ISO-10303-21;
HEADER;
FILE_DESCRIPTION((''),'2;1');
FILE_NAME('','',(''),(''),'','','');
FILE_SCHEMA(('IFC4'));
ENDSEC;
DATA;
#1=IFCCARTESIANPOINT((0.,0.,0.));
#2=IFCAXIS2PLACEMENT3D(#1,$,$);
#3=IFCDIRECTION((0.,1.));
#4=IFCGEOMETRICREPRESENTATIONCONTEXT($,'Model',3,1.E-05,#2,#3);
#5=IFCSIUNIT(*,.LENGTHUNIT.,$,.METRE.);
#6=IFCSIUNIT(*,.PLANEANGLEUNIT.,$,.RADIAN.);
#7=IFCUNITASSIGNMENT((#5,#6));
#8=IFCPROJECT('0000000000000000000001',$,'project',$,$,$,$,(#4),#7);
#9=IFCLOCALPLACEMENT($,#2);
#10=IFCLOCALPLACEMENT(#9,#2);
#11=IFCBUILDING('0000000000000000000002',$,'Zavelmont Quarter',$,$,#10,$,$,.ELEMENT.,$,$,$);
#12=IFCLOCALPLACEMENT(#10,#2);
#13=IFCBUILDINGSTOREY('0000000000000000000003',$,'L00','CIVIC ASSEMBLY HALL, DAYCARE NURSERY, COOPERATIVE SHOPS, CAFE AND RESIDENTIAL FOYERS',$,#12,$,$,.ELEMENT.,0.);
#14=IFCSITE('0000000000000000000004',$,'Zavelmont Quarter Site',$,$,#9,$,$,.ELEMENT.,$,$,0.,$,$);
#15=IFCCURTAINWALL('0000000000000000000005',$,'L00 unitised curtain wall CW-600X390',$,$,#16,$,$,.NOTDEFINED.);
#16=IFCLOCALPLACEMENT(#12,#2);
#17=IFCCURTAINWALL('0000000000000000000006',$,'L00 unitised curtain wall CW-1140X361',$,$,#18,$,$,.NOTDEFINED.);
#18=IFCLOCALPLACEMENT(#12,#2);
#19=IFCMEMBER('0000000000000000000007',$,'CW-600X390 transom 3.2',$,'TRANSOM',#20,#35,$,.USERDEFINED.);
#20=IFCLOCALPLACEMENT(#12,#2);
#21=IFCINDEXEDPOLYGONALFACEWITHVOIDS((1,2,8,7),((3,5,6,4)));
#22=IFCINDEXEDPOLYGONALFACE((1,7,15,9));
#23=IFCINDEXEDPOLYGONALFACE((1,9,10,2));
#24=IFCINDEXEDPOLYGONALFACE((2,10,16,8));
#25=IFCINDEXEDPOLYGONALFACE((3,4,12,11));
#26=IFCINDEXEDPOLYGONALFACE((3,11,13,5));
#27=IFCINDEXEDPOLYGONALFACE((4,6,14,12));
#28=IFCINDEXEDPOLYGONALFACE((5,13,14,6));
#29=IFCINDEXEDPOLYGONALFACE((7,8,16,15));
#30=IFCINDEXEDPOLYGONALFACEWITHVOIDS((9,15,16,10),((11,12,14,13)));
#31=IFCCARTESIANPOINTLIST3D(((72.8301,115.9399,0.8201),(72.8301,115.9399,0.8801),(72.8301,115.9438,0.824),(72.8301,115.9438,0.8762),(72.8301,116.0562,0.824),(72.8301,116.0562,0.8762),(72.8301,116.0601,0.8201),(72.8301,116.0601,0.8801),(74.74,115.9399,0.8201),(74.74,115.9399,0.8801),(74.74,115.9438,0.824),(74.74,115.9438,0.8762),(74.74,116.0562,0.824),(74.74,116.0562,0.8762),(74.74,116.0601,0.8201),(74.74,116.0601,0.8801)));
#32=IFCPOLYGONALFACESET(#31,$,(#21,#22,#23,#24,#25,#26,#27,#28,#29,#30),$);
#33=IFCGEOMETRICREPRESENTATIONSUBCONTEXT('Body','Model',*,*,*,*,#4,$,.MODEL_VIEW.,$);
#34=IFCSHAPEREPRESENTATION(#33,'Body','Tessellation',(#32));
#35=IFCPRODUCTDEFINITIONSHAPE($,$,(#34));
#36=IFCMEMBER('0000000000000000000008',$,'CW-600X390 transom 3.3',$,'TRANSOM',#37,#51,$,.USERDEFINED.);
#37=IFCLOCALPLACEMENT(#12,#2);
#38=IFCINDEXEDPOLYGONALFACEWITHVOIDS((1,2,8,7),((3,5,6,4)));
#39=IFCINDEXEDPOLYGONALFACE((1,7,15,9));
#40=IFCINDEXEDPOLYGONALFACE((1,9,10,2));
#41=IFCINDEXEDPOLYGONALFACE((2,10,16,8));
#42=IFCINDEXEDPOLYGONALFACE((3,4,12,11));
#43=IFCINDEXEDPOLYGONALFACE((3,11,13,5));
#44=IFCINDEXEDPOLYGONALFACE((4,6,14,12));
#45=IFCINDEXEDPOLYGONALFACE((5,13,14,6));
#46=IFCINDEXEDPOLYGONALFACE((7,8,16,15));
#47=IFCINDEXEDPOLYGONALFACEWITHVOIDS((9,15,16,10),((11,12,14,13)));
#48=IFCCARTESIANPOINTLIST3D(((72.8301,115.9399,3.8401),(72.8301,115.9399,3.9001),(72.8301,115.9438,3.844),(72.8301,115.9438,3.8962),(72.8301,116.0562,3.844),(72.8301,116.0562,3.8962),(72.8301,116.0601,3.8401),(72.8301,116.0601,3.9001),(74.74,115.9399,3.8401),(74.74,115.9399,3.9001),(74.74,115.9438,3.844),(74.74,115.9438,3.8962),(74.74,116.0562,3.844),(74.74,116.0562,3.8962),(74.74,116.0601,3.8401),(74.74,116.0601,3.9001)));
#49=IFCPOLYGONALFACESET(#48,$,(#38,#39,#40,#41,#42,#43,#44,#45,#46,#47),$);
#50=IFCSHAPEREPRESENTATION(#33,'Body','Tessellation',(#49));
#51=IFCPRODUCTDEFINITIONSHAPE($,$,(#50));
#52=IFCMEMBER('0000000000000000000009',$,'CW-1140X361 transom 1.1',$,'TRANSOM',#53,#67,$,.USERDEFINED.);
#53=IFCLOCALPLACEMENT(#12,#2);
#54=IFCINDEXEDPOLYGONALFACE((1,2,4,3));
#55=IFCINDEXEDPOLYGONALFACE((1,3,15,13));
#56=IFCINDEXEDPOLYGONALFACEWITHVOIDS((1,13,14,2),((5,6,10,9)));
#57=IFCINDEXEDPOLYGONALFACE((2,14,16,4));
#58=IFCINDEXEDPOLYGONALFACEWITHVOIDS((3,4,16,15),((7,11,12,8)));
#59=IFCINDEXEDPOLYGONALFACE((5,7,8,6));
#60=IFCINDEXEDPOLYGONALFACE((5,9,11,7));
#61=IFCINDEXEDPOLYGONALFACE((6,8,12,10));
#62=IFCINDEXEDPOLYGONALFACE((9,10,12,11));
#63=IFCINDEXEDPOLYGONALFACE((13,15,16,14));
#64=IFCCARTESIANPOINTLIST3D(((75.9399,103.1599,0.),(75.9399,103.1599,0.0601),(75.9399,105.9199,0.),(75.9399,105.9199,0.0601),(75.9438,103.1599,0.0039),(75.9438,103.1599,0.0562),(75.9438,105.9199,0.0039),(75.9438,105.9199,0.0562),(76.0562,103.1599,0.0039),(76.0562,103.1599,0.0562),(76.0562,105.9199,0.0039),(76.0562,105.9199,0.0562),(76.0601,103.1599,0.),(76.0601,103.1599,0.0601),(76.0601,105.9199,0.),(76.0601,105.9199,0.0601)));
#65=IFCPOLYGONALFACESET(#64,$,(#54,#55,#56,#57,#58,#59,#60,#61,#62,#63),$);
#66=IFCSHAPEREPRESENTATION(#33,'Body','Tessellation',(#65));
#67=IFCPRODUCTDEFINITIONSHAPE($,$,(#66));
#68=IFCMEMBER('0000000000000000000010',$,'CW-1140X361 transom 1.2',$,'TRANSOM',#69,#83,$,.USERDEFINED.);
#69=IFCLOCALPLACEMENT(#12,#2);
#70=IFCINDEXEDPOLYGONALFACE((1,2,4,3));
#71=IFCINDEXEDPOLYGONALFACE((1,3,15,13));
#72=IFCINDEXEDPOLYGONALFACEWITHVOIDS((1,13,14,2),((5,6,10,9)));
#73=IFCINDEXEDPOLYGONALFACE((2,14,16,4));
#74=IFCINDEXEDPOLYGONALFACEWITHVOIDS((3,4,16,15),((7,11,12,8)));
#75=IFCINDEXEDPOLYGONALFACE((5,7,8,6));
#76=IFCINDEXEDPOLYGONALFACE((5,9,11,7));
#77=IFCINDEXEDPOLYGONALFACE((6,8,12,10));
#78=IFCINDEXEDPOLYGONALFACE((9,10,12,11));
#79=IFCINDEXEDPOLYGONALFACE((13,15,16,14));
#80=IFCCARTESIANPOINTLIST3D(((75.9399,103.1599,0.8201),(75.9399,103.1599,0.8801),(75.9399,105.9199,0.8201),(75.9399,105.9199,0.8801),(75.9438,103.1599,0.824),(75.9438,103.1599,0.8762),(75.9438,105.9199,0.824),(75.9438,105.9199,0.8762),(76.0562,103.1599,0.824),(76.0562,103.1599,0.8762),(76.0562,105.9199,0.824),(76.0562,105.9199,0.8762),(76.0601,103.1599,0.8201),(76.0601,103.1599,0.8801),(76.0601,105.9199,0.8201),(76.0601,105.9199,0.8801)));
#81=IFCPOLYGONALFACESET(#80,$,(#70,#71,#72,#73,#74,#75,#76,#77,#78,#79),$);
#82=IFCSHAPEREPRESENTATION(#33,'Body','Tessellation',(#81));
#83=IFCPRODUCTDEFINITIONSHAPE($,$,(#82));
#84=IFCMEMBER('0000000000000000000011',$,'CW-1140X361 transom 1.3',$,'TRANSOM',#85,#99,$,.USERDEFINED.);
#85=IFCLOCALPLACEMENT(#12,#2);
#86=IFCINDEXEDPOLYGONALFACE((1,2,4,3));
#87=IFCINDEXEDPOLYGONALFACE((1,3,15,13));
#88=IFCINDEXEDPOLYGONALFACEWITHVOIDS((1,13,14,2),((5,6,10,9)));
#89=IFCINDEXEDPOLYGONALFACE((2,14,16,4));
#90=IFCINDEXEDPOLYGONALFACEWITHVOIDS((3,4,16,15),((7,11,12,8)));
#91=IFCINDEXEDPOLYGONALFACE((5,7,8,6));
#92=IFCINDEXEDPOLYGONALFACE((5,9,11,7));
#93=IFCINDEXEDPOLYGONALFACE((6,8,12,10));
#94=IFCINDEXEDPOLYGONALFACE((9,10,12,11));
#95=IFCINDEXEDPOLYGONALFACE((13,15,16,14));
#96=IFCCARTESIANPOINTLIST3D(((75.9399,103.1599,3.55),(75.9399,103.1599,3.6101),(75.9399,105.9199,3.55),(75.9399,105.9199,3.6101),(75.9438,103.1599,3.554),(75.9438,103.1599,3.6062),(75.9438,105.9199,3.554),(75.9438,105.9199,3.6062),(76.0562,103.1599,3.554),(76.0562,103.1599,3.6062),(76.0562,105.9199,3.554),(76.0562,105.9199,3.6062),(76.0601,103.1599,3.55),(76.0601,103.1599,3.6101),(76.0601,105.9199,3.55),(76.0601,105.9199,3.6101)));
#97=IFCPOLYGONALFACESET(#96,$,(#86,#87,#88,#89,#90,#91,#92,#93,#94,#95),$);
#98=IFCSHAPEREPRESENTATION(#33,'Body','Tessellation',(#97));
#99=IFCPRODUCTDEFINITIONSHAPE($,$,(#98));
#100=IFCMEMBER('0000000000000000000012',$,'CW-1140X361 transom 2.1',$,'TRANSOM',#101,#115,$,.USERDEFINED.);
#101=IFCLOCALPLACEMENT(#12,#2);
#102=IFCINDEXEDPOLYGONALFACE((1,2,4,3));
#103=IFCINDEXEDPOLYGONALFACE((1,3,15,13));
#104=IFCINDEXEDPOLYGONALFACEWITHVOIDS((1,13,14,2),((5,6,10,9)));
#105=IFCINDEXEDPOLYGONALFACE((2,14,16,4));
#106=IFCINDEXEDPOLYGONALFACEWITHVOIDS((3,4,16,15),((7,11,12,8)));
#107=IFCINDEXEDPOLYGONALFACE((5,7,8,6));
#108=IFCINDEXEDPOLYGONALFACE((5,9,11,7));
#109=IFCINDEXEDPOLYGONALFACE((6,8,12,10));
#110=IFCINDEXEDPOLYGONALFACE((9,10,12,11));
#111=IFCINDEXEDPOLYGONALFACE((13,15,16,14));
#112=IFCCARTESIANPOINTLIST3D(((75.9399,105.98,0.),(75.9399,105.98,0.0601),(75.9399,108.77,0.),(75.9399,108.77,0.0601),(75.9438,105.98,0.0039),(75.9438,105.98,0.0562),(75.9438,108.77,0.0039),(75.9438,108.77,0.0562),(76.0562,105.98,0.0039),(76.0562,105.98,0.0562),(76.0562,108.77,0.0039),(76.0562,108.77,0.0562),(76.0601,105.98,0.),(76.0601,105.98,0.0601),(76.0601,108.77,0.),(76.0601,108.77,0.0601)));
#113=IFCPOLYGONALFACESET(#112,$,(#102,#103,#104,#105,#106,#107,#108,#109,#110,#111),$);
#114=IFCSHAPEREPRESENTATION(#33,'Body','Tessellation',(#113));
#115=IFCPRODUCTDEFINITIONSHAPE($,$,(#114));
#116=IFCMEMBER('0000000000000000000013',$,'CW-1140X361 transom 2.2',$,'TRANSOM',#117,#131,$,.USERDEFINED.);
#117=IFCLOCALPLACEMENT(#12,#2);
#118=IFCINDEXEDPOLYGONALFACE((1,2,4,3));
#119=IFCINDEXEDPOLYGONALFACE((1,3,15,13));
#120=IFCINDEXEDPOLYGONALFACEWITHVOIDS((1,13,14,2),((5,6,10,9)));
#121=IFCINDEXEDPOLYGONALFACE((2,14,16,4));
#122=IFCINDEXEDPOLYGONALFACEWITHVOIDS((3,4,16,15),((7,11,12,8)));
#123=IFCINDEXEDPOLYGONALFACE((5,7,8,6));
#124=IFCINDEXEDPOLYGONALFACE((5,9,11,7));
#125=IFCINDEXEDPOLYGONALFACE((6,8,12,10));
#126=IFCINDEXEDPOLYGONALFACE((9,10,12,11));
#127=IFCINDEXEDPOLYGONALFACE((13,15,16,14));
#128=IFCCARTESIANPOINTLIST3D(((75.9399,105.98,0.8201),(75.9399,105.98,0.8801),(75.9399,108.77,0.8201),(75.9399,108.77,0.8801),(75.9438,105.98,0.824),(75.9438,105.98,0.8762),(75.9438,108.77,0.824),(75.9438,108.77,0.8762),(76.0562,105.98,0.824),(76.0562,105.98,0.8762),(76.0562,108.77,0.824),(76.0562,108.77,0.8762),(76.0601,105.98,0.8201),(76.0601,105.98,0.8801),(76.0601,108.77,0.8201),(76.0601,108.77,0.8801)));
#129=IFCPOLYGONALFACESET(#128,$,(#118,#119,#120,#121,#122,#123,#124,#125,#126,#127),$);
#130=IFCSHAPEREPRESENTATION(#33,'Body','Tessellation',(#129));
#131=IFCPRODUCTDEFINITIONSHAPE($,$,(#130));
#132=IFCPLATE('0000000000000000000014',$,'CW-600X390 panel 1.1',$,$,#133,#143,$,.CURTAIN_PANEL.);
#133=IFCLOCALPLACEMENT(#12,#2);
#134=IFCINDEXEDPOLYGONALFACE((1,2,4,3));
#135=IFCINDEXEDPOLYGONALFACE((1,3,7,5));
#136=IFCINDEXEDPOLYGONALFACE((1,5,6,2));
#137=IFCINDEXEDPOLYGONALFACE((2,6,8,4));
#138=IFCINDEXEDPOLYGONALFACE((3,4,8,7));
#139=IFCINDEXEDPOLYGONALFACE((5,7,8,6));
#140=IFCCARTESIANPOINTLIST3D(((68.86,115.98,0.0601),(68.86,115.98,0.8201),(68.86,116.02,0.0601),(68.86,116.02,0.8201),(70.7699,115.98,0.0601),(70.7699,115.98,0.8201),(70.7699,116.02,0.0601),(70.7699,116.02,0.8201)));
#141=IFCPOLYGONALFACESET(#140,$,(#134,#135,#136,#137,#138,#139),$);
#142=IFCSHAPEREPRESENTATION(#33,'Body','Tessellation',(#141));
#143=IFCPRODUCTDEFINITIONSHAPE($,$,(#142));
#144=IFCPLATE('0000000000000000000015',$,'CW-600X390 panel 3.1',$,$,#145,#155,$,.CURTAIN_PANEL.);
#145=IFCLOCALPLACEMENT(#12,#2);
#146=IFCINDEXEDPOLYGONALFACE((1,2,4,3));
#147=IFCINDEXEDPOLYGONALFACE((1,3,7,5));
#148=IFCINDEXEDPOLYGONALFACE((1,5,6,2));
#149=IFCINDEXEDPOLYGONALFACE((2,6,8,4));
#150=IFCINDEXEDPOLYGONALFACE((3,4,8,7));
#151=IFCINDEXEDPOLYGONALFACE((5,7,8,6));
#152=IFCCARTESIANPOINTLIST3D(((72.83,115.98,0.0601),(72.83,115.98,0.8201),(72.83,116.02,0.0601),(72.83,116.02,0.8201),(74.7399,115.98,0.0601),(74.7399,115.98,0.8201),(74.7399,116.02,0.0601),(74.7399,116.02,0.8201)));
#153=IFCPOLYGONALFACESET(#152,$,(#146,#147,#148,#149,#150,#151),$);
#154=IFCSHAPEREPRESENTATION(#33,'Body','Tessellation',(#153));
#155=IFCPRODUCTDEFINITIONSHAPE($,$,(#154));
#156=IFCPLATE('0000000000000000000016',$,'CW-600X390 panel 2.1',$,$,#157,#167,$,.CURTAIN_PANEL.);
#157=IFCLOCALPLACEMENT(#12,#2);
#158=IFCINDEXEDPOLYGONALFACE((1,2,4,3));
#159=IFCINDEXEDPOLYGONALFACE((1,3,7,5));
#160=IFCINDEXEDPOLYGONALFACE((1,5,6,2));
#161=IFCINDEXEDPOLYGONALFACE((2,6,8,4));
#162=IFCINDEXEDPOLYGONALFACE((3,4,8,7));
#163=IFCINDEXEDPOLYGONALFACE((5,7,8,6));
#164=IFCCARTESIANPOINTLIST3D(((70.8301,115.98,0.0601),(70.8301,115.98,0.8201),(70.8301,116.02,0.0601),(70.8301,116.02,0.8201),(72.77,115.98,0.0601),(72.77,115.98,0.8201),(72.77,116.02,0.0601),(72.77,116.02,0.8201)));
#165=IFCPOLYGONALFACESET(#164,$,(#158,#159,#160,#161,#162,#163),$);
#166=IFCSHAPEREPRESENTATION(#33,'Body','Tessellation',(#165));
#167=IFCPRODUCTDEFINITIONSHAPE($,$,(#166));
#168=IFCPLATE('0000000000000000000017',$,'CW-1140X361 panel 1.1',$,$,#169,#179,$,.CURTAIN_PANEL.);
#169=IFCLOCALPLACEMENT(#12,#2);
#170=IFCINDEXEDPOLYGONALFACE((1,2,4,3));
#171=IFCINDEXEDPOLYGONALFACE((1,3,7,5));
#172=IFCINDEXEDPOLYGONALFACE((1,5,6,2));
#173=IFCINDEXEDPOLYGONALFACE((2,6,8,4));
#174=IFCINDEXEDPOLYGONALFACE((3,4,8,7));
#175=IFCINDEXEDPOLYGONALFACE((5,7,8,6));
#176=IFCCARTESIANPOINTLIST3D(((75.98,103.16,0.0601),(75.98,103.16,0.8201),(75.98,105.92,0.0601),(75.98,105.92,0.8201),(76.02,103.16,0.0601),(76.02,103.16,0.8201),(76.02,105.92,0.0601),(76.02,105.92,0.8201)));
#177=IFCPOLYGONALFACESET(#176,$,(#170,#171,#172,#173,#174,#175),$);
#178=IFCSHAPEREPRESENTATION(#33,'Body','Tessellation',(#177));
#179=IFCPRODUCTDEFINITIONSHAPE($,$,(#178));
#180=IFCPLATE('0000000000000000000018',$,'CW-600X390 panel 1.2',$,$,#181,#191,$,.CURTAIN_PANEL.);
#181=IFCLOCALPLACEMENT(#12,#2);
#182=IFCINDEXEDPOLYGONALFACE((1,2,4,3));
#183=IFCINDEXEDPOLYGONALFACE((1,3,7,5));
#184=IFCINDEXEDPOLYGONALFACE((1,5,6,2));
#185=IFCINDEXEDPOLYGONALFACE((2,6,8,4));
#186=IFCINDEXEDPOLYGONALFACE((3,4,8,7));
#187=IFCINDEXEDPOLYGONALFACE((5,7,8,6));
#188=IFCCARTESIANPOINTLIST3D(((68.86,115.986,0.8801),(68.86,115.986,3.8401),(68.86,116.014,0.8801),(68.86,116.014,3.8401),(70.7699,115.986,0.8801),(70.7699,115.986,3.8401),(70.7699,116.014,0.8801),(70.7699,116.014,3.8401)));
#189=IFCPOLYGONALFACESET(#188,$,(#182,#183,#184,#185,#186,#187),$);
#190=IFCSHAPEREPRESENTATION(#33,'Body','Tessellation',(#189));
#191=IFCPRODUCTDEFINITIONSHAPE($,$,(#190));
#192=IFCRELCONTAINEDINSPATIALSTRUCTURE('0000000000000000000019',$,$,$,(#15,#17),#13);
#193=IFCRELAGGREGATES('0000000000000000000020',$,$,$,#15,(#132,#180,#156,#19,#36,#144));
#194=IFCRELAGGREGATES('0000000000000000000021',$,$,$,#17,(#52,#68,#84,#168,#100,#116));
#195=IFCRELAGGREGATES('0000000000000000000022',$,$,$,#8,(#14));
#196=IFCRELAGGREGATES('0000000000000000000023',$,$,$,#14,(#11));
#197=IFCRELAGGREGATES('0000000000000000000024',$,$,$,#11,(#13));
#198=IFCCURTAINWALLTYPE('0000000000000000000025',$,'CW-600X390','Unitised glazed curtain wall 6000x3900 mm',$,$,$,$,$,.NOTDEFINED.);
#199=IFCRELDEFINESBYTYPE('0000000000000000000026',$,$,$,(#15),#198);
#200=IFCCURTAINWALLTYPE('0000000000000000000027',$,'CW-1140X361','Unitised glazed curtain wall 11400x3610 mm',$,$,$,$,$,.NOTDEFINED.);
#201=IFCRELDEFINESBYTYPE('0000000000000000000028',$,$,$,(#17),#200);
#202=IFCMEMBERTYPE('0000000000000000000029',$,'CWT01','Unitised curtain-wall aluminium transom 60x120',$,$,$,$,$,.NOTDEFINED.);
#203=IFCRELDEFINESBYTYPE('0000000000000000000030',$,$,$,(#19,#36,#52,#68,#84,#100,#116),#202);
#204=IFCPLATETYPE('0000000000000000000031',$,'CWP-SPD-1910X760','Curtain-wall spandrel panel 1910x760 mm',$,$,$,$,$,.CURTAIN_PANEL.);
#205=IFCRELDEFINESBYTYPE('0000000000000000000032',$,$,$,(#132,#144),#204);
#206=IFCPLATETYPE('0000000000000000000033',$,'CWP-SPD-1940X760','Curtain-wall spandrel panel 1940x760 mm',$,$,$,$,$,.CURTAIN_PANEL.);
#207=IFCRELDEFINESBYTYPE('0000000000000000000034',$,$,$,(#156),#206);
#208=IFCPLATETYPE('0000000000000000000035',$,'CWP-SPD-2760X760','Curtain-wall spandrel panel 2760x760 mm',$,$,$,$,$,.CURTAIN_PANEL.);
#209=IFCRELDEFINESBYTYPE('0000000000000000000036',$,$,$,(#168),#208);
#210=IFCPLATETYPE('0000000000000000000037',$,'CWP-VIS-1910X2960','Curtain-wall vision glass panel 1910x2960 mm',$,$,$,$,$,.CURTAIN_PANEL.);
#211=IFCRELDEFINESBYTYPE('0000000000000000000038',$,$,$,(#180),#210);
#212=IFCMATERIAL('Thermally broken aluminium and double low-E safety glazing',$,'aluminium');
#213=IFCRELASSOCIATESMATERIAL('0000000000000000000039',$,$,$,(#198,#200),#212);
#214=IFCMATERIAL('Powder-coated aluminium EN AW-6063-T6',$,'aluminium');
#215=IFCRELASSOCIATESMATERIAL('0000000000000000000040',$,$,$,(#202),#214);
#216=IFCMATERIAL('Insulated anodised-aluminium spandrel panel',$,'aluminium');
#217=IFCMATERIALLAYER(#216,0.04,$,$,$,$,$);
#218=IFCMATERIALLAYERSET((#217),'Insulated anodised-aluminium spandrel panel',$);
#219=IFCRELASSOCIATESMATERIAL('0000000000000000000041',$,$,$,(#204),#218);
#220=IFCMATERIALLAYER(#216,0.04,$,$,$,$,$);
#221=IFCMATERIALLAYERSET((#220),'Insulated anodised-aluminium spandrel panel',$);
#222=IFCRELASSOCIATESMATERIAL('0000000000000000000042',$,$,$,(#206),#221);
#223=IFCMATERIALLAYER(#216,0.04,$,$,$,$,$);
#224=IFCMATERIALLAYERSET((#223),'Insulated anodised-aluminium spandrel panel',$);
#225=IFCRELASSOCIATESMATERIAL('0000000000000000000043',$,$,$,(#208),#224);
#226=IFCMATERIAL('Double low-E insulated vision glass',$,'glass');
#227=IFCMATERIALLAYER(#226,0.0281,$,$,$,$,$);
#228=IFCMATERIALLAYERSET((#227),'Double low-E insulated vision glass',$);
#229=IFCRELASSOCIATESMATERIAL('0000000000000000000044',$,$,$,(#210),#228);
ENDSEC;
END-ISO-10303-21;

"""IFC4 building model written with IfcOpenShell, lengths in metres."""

from ifc_helpers import new_model, si_unit, direction, frame, origin, origin_2d, place, context, subcontext, project, spatial, rectangle, hollow_rectangle, extrude, material, layer, layer_set, material_profile, profile_set, type_object, element, aggregate, save


model = new_model("IFC4")

# Units and contexts
model_context = context("Model", 3, precision=1e-05, world=origin(), true_north=direction((0.0, 1.0)))
body_context = subcontext(model_context, "Body", "Model", "MODEL_VIEW")
ifc_project = project(units=[si_unit("LENGTHUNIT", "METRE"), si_unit("PLANEANGLEUNIT", "RADIAN")], contexts=[model_context])

# Site, building, storey
site_placement = place(None, origin())
site = spatial("IfcSite", under=ifc_project, at=site_placement, Name="Zavelmont Quarter Site", CompositionType="ELEMENT", RefElevation=0.0)
building_placement = place(site_placement, origin())
building = spatial("IfcBuilding", under=site, at=building_placement, Name="Zavelmont Quarter", CompositionType="ELEMENT")
storey_placement = place(building_placement, origin())
storey = spatial("IfcBuildingStorey", under=building, at=storey_placement, Name="L00", Description="CIVIC ASSEMBLY HALL, DAYCARE NURSERY, COOPERATIVE SHOPS, CAFE AND RESIDENTIAL FOYERS", CompositionType="ELEMENT", Elevation=0.0)

# Curtain walls
ifc_material_1 = material(Name="Thermally broken aluminium and double low-E safety glazing", Category="aluminium")
curtain_wall_type_1 = type_object("IfcCurtainWallType", Name="CW-600X390", Description="Unitised glazed curtain wall 6000x3900 mm", PredefinedType="NOTDEFINED", material=ifc_material_1)
curtain_wall_1_placement = place(storey_placement, origin())
curtain_wall_1 = element("IfcCurtainWall", 1, at=curtain_wall_1_placement, inside=storey, type_object=curtain_wall_type_1, Name="L00 unitised curtain wall CW-600X390", PredefinedType="NOTDEFINED")
ifc_material_2 = material(Name="Powder-coated aluminium EN AW-6063-T6", Category="aluminium")
curtain_wall_type_2 = type_object("IfcCurtainWallType", Name="CW-1140X361", Description="Unitised glazed curtain wall 11400x3610 mm", PredefinedType="NOTDEFINED", material=ifc_material_1)
curtain_wall_2_placement = place(storey_placement, origin())
curtain_wall_2 = element("IfcCurtainWall", 2, at=curtain_wall_2_placement, inside=storey, type_object=curtain_wall_type_2, Name="L00 unitised curtain wall CW-1140X361", PredefinedType="NOTDEFINED")

# Members
ifc_material_profile_1 = material_profile(ifc_material_2, hollow_rectangle(XDim=0.1201, YDim=0.0601, WallThickness=0.0039, at=origin_2d()), Name="CWT60X120")
ifc_profile_set_1 = profile_set([ifc_material_profile_1], Name="Powder-coated aluminium EN AW-6063-T6")
member_type_1 = type_object("IfcMemberType", Name="CWT01", Description="Unitised curtain-wall aluminium transom 60x120", PredefinedType="NOTDEFINED", material=ifc_profile_set_1)
member_1_placement = place(storey_placement, frame((72.8301, 116.0, 0.8501), z_axis=(1.0, 0.0, 0.0), x_axis=(0.0, 1.0, 0.0)))
member_1 = element("IfcMember", 3, at=member_1_placement, type_object=member_type_1, Name="CW-600X390 transom 3.2", ObjectType="TRANSOM", PredefinedType="USERDEFINED", context=body_context, shape_type="SweptSolid", body=[
    extrude(hollow_rectangle(XDim=0.1201, YDim=0.0601, WallThickness=0.0039, at=origin_2d()), origin(), (0.0, 0.0, 1.0), 1.9099),
])
member_2_placement = place(storey_placement, frame((72.8301, 116.0, 3.8701), z_axis=(1.0, 0.0, 0.0), x_axis=(0.0, 1.0, 0.0)))
member_2 = element("IfcMember", 4, at=member_2_placement, type_object=member_type_1, Name="CW-600X390 transom 3.3", ObjectType="TRANSOM", PredefinedType="USERDEFINED", context=body_context, shape_type="SweptSolid", body=[
    extrude(hollow_rectangle(XDim=0.1201, YDim=0.0601, WallThickness=0.0039, at=origin_2d()), origin(), (0.0, 0.0, 1.0), 1.9099),
])
member_3_placement = place(storey_placement, frame((76.0, 103.1599, 0.03), z_axis=(0.0, 1.0, 0.0), x_axis=(-1.0, 0.0, 0.0)))
member_3 = element("IfcMember", 5, at=member_3_placement, type_object=member_type_1, Name="CW-1140X361 transom 1.1", ObjectType="TRANSOM", PredefinedType="USERDEFINED", context=body_context, shape_type="SweptSolid", body=[
    extrude(hollow_rectangle(XDim=0.1201, YDim=0.0601, WallThickness=0.0039, at=origin_2d()), origin(), (0.0, 0.0, 1.0), 2.76),
])
member_4_placement = place(storey_placement, frame((76.0, 103.1599, 0.8501), z_axis=(0.0, 1.0, 0.0), x_axis=(-1.0, 0.0, 0.0)))
member_4 = element("IfcMember", 6, at=member_4_placement, type_object=member_type_1, Name="CW-1140X361 transom 1.2", ObjectType="TRANSOM", PredefinedType="USERDEFINED", context=body_context, shape_type="SweptSolid", body=[
    extrude(hollow_rectangle(XDim=0.1201, YDim=0.0601, WallThickness=0.0039, at=origin_2d()), origin(), (0.0, 0.0, 1.0), 2.76),
])
member_5_placement = place(storey_placement, frame((76.0, 103.1599, 3.5801), z_axis=(0.0, 1.0, 0.0), x_axis=(-1.0, 0.0, 0.0)))
member_5 = element("IfcMember", 7, at=member_5_placement, type_object=member_type_1, Name="CW-1140X361 transom 1.3", ObjectType="TRANSOM", PredefinedType="USERDEFINED", context=body_context, shape_type="SweptSolid", body=[
    extrude(hollow_rectangle(XDim=0.1201, YDim=0.0601, WallThickness=0.0039, at=origin_2d()), origin(), (0.0, 0.0, 1.0), 2.76),
])
member_6_placement = place(storey_placement, frame((76.0, 105.98, 0.03), z_axis=(0.0, 1.0, 0.0), x_axis=(-1.0, 0.0, 0.0)))
member_6 = element("IfcMember", 8, at=member_6_placement, type_object=member_type_1, Name="CW-1140X361 transom 2.1", ObjectType="TRANSOM", PredefinedType="USERDEFINED", context=body_context, shape_type="SweptSolid", body=[
    extrude(hollow_rectangle(XDim=0.1201, YDim=0.0601, WallThickness=0.0039, at=origin_2d()), origin(), (0.0, 0.0, 1.0), 2.79),
])
member_7_placement = place(storey_placement, frame((76.0, 105.98, 0.8501), z_axis=(0.0, 1.0, 0.0), x_axis=(-1.0, 0.0, 0.0)))
member_7 = element("IfcMember", 9, at=member_7_placement, type_object=member_type_1, Name="CW-1140X361 transom 2.2", ObjectType="TRANSOM", PredefinedType="USERDEFINED", context=body_context, shape_type="SweptSolid", body=[
    extrude(hollow_rectangle(XDim=0.1201, YDim=0.0601, WallThickness=0.0039, at=origin_2d()), origin(), (0.0, 0.0, 1.0), 2.79),
])

# Plates
ifc_material_3 = material(Name="Insulated anodised-aluminium spandrel panel", Category="aluminium")
ifc_layer_1 = layer(ifc_material_3, 0.04)
ifc_layer_set_1 = layer_set([ifc_layer_1], Name="Insulated anodised-aluminium spandrel panel")
plate_type_1 = type_object("IfcPlateType", Name="CWP-SPD-1910X760", Description="Curtain-wall spandrel panel 1910x760 mm", PredefinedType="CURTAIN_PANEL", material=ifc_layer_set_1)
plate_1_placement = place(storey_placement, frame((69.8149, 116.0, 0.0601), z_axis=(0.0, 0.0, 1.0), x_axis=(1.0, 0.0, 0.0)))
plate_1 = element("IfcPlate", 10, at=plate_1_placement, type_object=plate_type_1, Name="CW-600X390 panel 1.1", PredefinedType="CURTAIN_PANEL", context=body_context, shape_type="SweptSolid", body=[
    extrude(rectangle(XDim=1.9099, YDim=0.04, at=origin_2d()), origin(), (0.0, 0.0, 1.0), 0.76),
])
plate_2_placement = place(storey_placement, frame((73.7849, 116.0, 0.0601), z_axis=(0.0, 0.0, 1.0), x_axis=(1.0, 0.0, 0.0)))
plate_2 = element("IfcPlate", 11, at=plate_2_placement, type_object=plate_type_1, Name="CW-600X390 panel 3.1", PredefinedType="CURTAIN_PANEL", context=body_context, shape_type="SweptSolid", body=[
    extrude(rectangle(XDim=1.9099, YDim=0.04, at=origin_2d()), origin(), (0.0, 0.0, 1.0), 0.76),
])
ifc_layer_2 = layer(ifc_material_3, 0.04)
ifc_layer_set_2 = layer_set([ifc_layer_2], Name="Insulated anodised-aluminium spandrel panel")
plate_type_2 = type_object("IfcPlateType", Name="CWP-SPD-1940X760", Description="Curtain-wall spandrel panel 1940x760 mm", PredefinedType="CURTAIN_PANEL", material=ifc_layer_set_2)
plate_3_placement = place(storey_placement, frame((71.8, 116.0, 0.0601), z_axis=(0.0, 0.0, 1.0), x_axis=(1.0, 0.0, 0.0)))
plate_3 = element("IfcPlate", 12, at=plate_3_placement, type_object=plate_type_2, Name="CW-600X390 panel 2.1", PredefinedType="CURTAIN_PANEL", context=body_context, shape_type="SweptSolid", body=[
    extrude(rectangle(XDim=1.9399, YDim=0.04, at=origin_2d()), origin(), (0.0, 0.0, 1.0), 0.76),
])
ifc_layer_3 = layer(ifc_material_3, 0.04)
ifc_layer_set_3 = layer_set([ifc_layer_3], Name="Insulated anodised-aluminium spandrel panel")
plate_type_3 = type_object("IfcPlateType", Name="CWP-SPD-2760X760", Description="Curtain-wall spandrel panel 2760x760 mm", PredefinedType="CURTAIN_PANEL", material=ifc_layer_set_3)
plate_4_placement = place(storey_placement, frame((76.0, 104.54, 0.0601), z_axis=(0.0, 0.0, 1.0), x_axis=(0.0, 1.0, 0.0)))
plate_4 = element("IfcPlate", 13, at=plate_4_placement, type_object=plate_type_3, Name="CW-1140X361 panel 1.1", PredefinedType="CURTAIN_PANEL", context=body_context, shape_type="SweptSolid", body=[
    extrude(rectangle(XDim=2.76, YDim=0.04, at=origin_2d()), origin(), (0.0, 0.0, 1.0), 0.76),
])
ifc_material_4 = material(Name="Double low-E insulated vision glass", Category="glass")
ifc_layer_4 = layer(ifc_material_4, 0.0281)
ifc_layer_set_4 = layer_set([ifc_layer_4], Name="Double low-E insulated vision glass")
plate_type_4 = type_object("IfcPlateType", Name="CWP-VIS-1910X2960", Description="Curtain-wall vision glass panel 1910x2960 mm", PredefinedType="CURTAIN_PANEL", material=ifc_layer_set_4)
plate_5_placement = place(storey_placement, frame((69.8149, 116.0, 0.8801), z_axis=(0.0, 0.0, 1.0), x_axis=(1.0, 0.0, 0.0)))
plate_5 = element("IfcPlate", 14, at=plate_5_placement, type_object=plate_type_4, Name="CW-600X390 panel 1.2", PredefinedType="CURTAIN_PANEL", context=body_context, shape_type="SweptSolid", body=[
    extrude(rectangle(XDim=1.9099, YDim=0.0281, at=origin_2d()), origin(), (0.0, 0.0, 1.0), 2.96),
])
aggregate(curtain_wall_1, [plate_1, plate_5, plate_3, member_1, member_2, plate_2])
aggregate(curtain_wall_2, [member_3, member_4, member_5, plate_4, member_6, member_7])

save(model, "model.ifc")
